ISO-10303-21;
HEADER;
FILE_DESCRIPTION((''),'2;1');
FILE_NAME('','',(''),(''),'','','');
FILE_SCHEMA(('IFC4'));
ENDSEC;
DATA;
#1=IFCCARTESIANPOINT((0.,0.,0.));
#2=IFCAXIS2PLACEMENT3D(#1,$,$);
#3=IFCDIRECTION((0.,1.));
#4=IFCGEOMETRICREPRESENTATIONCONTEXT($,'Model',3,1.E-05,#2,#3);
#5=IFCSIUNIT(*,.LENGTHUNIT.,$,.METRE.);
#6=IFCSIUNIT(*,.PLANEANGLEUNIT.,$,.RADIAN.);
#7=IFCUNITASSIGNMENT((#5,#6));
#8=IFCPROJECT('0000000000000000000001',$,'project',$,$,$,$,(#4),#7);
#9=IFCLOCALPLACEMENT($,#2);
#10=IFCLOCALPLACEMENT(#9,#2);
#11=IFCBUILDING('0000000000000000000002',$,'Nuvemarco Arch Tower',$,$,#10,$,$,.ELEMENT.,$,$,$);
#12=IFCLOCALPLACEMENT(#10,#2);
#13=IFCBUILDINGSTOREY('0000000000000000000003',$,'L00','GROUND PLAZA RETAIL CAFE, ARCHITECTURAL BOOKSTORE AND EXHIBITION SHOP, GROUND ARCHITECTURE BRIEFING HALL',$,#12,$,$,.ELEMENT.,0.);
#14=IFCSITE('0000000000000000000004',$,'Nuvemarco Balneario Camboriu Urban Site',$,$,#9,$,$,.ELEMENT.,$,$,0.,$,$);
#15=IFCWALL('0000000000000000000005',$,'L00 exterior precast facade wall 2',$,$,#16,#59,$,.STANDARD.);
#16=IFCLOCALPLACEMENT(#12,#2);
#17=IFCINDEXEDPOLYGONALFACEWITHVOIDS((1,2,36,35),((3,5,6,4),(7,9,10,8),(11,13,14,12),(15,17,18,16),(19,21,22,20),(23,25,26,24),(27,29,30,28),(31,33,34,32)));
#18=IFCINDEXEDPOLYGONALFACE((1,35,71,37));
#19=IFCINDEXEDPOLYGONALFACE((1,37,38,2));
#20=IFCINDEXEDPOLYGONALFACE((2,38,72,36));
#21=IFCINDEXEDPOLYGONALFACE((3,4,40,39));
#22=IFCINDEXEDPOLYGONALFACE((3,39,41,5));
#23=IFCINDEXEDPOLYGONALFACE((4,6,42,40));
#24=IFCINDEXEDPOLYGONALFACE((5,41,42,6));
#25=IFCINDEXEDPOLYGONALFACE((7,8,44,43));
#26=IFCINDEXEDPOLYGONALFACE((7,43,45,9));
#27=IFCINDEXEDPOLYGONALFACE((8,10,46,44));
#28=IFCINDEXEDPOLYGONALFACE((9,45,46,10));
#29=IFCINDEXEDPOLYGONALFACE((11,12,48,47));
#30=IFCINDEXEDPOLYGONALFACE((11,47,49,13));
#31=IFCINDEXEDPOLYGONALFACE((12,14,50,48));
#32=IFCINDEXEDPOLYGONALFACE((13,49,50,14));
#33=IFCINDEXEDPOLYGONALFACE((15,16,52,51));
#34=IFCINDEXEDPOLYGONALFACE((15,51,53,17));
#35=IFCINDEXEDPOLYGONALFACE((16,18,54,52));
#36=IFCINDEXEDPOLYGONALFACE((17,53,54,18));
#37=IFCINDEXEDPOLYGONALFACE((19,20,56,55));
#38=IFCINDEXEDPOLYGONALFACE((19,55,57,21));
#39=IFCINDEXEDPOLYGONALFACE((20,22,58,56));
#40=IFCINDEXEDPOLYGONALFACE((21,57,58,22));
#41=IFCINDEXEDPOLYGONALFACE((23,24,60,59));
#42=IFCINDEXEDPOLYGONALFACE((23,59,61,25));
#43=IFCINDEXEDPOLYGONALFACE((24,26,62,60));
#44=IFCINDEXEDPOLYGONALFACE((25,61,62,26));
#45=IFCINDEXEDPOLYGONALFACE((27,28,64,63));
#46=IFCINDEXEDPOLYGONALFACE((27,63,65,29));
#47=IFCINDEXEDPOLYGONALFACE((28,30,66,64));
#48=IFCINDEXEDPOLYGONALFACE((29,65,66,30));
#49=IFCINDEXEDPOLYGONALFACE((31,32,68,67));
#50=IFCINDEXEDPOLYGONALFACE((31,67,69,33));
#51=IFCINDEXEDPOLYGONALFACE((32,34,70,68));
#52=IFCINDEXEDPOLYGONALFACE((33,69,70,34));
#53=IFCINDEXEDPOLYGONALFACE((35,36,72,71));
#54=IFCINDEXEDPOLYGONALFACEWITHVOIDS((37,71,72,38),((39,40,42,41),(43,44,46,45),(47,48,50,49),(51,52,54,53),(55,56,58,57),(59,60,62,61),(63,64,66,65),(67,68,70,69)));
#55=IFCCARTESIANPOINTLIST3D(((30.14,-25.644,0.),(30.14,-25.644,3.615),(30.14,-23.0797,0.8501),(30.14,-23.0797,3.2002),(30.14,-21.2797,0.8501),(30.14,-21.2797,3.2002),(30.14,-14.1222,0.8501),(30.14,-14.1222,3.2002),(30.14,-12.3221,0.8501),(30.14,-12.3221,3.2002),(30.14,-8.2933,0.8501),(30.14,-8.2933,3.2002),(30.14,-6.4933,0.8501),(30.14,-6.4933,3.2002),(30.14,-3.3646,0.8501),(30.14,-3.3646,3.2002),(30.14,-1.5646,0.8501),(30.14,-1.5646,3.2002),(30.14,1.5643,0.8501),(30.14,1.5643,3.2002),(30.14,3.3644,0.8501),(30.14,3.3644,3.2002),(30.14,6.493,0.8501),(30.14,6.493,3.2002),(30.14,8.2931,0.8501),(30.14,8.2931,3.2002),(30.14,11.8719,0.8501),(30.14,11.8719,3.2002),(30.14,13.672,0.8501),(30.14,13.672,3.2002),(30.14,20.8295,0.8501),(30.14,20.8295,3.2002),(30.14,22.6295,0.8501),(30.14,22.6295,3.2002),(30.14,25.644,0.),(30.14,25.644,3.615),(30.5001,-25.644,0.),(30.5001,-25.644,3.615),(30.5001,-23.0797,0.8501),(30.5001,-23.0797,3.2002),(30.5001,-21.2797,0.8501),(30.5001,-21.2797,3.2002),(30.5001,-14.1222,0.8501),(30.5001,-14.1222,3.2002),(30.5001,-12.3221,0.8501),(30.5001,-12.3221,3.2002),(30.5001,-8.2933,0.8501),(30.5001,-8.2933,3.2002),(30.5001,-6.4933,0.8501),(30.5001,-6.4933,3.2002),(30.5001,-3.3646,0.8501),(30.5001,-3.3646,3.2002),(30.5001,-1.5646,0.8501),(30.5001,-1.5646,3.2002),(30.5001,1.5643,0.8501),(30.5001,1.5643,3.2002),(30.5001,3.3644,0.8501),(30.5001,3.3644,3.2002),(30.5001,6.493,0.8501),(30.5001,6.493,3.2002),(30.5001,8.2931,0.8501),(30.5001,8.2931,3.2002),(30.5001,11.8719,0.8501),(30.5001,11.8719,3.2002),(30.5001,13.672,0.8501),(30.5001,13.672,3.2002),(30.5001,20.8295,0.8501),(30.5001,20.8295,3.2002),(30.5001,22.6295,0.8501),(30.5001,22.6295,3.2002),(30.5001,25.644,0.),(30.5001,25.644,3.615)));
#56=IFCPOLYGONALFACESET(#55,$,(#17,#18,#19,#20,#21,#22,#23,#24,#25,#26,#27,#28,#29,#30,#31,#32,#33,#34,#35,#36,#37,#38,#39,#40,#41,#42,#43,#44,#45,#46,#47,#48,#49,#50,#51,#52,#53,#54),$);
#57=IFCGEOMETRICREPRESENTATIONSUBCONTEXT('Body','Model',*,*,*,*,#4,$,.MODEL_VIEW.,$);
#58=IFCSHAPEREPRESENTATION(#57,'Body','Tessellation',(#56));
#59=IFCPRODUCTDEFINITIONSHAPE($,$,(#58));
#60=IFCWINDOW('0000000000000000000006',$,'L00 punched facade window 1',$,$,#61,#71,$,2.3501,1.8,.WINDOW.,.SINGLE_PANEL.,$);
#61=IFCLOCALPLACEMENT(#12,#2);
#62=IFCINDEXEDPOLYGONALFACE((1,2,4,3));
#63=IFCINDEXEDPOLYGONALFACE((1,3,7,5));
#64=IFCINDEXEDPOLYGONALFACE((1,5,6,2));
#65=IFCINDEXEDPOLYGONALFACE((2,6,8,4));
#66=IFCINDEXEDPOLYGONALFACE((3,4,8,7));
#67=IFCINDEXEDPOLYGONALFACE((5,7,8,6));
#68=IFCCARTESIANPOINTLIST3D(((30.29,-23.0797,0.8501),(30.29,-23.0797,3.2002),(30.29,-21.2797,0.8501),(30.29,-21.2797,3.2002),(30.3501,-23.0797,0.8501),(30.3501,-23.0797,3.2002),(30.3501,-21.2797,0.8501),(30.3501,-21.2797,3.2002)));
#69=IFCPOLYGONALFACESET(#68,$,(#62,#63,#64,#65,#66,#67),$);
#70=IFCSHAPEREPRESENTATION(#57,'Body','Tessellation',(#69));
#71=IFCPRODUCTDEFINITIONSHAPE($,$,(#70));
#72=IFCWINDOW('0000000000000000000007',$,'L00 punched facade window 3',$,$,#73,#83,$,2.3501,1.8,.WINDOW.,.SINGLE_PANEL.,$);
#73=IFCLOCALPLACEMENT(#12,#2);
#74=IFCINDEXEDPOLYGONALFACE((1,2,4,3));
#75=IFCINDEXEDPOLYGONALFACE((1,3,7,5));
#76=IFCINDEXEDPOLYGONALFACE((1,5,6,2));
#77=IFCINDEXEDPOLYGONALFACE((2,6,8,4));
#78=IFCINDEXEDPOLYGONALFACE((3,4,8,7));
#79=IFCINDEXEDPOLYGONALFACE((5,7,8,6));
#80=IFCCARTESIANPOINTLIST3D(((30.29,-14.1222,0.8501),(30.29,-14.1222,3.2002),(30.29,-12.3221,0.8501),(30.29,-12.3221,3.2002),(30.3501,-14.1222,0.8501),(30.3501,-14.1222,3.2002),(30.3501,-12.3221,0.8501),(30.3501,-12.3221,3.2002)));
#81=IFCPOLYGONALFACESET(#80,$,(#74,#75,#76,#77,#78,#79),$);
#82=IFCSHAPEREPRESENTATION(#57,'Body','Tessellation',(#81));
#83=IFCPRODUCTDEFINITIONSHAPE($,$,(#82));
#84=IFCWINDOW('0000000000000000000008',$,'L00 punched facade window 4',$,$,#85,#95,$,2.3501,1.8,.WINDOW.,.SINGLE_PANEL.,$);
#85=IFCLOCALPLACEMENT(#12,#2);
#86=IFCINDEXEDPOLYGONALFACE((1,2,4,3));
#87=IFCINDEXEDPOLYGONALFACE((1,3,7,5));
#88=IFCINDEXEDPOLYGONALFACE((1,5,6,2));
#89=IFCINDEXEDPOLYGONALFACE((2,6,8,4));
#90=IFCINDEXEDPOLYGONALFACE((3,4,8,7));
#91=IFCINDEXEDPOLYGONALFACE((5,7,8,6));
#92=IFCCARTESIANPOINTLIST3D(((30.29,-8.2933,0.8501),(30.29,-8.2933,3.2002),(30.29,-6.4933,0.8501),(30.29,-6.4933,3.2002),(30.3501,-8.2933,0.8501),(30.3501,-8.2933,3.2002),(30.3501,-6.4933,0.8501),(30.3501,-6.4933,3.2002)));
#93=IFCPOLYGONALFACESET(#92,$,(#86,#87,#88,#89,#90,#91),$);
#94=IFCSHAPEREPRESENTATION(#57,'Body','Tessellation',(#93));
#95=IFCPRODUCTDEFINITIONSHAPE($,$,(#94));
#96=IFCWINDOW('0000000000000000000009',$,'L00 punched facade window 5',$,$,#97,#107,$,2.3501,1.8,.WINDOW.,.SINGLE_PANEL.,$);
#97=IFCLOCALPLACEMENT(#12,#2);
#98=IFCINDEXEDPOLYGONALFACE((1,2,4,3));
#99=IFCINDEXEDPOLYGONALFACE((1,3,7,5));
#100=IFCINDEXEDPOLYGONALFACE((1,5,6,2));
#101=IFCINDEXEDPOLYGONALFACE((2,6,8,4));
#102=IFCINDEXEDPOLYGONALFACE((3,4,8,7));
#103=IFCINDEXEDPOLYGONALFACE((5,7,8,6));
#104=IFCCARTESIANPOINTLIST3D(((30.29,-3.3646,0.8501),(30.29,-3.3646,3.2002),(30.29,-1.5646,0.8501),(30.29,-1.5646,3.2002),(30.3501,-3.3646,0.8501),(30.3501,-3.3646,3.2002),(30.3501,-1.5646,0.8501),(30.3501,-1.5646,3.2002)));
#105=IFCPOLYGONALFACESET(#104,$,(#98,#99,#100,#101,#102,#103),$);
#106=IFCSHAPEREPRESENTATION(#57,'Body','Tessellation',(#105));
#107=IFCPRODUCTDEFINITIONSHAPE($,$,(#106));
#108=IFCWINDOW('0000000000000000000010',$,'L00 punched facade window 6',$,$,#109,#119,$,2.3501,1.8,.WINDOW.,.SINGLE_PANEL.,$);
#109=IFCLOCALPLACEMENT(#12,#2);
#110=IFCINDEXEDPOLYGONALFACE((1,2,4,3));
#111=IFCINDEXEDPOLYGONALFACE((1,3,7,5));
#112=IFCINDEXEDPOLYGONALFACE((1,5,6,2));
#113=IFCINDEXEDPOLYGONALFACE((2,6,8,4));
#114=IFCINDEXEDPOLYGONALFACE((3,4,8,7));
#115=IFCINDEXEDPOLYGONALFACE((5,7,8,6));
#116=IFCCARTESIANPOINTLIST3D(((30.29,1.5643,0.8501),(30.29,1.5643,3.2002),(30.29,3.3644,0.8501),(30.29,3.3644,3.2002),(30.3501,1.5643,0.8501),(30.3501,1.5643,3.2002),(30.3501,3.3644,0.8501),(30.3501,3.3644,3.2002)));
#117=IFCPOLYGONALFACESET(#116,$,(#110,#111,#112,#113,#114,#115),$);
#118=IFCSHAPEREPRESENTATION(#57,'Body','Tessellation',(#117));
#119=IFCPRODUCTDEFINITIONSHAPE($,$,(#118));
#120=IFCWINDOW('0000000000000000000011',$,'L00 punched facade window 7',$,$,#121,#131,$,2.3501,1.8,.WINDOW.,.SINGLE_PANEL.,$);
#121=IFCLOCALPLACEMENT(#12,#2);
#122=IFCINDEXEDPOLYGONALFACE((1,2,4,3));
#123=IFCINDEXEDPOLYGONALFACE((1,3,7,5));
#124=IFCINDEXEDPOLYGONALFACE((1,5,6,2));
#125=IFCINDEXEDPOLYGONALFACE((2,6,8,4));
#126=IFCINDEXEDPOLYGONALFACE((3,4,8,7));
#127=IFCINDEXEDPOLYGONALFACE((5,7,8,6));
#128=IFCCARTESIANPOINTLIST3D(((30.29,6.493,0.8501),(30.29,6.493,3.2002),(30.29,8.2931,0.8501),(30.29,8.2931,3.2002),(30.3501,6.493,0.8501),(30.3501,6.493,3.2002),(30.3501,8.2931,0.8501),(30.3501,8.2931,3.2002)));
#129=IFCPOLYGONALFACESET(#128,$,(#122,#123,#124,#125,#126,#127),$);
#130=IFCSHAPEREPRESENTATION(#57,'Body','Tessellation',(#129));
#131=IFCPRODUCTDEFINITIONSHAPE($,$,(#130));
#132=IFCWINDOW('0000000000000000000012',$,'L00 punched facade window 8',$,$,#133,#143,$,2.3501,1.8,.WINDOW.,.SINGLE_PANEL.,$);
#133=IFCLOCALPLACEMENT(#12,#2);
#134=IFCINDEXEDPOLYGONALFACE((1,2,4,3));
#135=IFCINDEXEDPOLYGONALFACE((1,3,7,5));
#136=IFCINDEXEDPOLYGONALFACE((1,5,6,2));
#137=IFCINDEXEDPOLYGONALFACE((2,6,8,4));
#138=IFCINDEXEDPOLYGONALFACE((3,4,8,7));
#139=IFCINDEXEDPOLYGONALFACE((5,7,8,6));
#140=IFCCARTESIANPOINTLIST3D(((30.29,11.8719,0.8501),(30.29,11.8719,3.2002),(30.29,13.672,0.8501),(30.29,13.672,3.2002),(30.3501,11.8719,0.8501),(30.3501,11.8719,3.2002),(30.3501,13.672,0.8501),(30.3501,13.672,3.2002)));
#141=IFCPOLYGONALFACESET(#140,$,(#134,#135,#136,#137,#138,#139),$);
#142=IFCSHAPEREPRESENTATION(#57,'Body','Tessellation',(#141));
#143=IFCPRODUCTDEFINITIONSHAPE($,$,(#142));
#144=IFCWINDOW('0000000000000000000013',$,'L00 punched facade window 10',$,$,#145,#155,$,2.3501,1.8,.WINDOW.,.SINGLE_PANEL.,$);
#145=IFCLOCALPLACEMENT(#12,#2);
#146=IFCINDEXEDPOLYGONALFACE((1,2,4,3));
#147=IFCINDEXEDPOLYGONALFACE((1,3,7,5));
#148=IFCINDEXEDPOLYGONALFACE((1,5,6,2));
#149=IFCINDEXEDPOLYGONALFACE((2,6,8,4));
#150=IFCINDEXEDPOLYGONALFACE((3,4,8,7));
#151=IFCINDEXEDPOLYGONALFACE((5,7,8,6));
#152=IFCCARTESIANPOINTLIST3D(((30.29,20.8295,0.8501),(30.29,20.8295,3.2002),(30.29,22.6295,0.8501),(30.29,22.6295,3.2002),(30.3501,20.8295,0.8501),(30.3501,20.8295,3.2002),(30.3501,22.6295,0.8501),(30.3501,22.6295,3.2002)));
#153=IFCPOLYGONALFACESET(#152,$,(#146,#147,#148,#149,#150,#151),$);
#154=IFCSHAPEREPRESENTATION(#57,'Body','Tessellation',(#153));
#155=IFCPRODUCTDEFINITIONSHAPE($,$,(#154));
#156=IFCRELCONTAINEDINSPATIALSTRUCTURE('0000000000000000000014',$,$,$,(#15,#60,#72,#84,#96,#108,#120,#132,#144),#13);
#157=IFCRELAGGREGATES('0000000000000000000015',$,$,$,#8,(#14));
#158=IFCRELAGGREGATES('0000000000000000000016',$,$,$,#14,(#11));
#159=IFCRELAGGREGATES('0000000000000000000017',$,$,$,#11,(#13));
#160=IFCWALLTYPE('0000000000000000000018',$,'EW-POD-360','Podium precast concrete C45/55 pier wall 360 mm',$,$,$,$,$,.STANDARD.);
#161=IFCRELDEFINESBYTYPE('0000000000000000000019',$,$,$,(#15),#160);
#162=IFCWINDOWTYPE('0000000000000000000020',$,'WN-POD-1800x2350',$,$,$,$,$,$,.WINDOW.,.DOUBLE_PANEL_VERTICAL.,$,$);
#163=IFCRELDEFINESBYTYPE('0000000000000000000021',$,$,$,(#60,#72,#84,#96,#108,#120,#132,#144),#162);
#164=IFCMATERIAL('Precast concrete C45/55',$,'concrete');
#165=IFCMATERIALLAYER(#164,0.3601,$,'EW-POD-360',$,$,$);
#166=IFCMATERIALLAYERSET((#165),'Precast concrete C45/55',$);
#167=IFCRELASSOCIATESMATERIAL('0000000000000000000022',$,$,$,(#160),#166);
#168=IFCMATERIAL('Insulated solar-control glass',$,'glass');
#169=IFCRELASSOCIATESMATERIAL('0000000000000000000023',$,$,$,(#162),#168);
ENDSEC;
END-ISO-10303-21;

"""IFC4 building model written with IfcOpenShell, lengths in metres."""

from ifc_helpers import new_model, si_unit, direction, frame, frame_2d, origin, place, context, subcontext, project, spatial, rectangle, extrude, source, transform, mapped, material, layer, layer_set, type_object, type_shapes, element, fill, save


model = new_model("IFC4")

# Units and contexts
model_context = context("Model", 3, precision=1e-05, world=origin(), true_north=direction((0.0, 1.0)))
body_context = subcontext(model_context, "Body", "Model", "MODEL_VIEW")
ifc_project = project(units=[si_unit("LENGTHUNIT", "METRE"), si_unit("PLANEANGLEUNIT", "RADIAN")], contexts=[model_context])

# Site, building, storey
site_placement = place(None, origin())
site = spatial("IfcSite", under=ifc_project, at=site_placement, Name="Nuvemarco Balneario Camboriu Urban Site", CompositionType="ELEMENT", RefElevation=0.0)
building_placement = place(site_placement, origin())
building = spatial("IfcBuilding", under=site, at=building_placement, Name="Nuvemarco Arch Tower", CompositionType="ELEMENT")
storey_placement = place(building_placement, origin())
storey = spatial("IfcBuildingStorey", under=building, at=storey_placement, Name="L00", Description="GROUND PLAZA RETAIL CAFE, ARCHITECTURAL BOOKSTORE AND EXHIBITION SHOP, GROUND ARCHITECTURE BRIEFING HALL", CompositionType="ELEMENT", Elevation=0.0)

# Shared definitions
ifc_material_1 = material(Name="Precast concrete C45/55", Category="concrete")

# Shared definitions
ifc_layer = layer(ifc_material_1, 0.3601, Name="EW-POD-360")
ifc_layer_set = layer_set([ifc_layer], Name="Precast concrete C45/55")
wall_type = type_object("IfcWallType", Name="EW-POD-360", Description="Podium precast concrete C45/55 pier wall 360 mm", PredefinedType="STANDARD", material=ifc_layer_set)
ifc_material_2 = material(Name="Insulated solar-control glass", Category="glass")

# Wall, openings, windows
wall_1_placement = place(storey_placement, frame((30.3201, -25.644, 0.0), z_axis=(0.0, 0.0, 1.0), x_axis=(0.0, 1.0, 0.0)))
wall_1 = element("IfcWall", 1, at=wall_1_placement, inside=storey, type_object=wall_type, Name="L00 exterior precast facade wall 2", PredefinedType="STANDARD", context=body_context, shape_type="SweptSolid", body=[
    extrude(rectangle(XDim=51.2881, YDim=0.3601, at=frame_2d((25.644, 0.0))), origin(), (0.0, 0.0, 1.0), 3.615),
])
opening_1_placement = place(wall_1_placement, frame((2.5645, 0.0, 0.8501)))
opening_1 = element("IfcOpeningElement", 2, at=opening_1_placement, cuts=wall_1, PredefinedType="OPENING", context=body_context, shape_type="SweptSolid", body=[
    extrude(rectangle(XDim=1.8, YDim=2.3501, at=frame_2d((0.8999, 1.175))), frame((0.0, 0.1899, 0.0), z_axis=(0.0, -1.0, 0.0), x_axis=(1.0, 0.0, 0.0)), (0.0, 0.0, 1.0), 0.3801),
])
opening_2_placement = place(wall_1_placement, frame((11.522, 0.0, 0.8501)))
opening_2 = element("IfcOpeningElement", 3, at=opening_2_placement, cuts=wall_1, PredefinedType="OPENING", context=body_context, shape_type="SweptSolid", body=[
    extrude(rectangle(XDim=1.8, YDim=2.3501, at=frame_2d((0.8999, 1.175))), frame((0.0, 0.1899, 0.0), z_axis=(0.0, -1.0, 0.0), x_axis=(1.0, 0.0, 0.0)), (0.0, 0.0, 1.0), 0.3801),
])
opening_3_placement = place(wall_1_placement, frame((17.3508, 0.0, 0.8501)))
opening_3 = element("IfcOpeningElement", 4, at=opening_3_placement, cuts=wall_1, PredefinedType="OPENING", context=body_context, shape_type="SweptSolid", body=[
    extrude(rectangle(XDim=1.8, YDim=2.3501, at=frame_2d((0.8999, 1.175))), frame((0.0, 0.1899, 0.0), z_axis=(0.0, -1.0, 0.0), x_axis=(1.0, 0.0, 0.0)), (0.0, 0.0, 1.0), 0.3801),
])
opening_4_placement = place(wall_1_placement, frame((22.2795, 0.0, 0.8501)))
opening_4 = element("IfcOpeningElement", 5, at=opening_4_placement, cuts=wall_1, PredefinedType="OPENING", context=body_context, shape_type="SweptSolid", body=[
    extrude(rectangle(XDim=1.8, YDim=2.3501, at=frame_2d((0.8999, 1.175))), frame((0.0, 0.1899, 0.0), z_axis=(0.0, -1.0, 0.0), x_axis=(1.0, 0.0, 0.0)), (0.0, 0.0, 1.0), 0.3801),
])
opening_5_placement = place(wall_1_placement, frame((27.2085, 0.0, 0.8501)))
opening_5 = element("IfcOpeningElement", 6, at=opening_5_placement, cuts=wall_1, PredefinedType="OPENING", context=body_context, shape_type="SweptSolid", body=[
    extrude(rectangle(XDim=1.8, YDim=2.3501, at=frame_2d((0.8999, 1.175))), frame((0.0, 0.1899, 0.0), z_axis=(0.0, -1.0, 0.0), x_axis=(1.0, 0.0, 0.0)), (0.0, 0.0, 1.0), 0.3801),
])
opening_6_placement = place(wall_1_placement, frame((32.1372, 0.0, 0.8501)))
opening_6 = element("IfcOpeningElement", 7, at=opening_6_placement, cuts=wall_1, PredefinedType="OPENING", context=body_context, shape_type="SweptSolid", body=[
    extrude(rectangle(XDim=1.8, YDim=2.3501, at=frame_2d((0.8999, 1.175))), frame((0.0, 0.1899, 0.0), z_axis=(0.0, -1.0, 0.0), x_axis=(1.0, 0.0, 0.0)), (0.0, 0.0, 1.0), 0.3801),
])
opening_7_placement = place(wall_1_placement, frame((37.5161, 0.0, 0.8501)))
opening_7 = element("IfcOpeningElement", 8, at=opening_7_placement, cuts=wall_1, PredefinedType="OPENING", context=body_context, shape_type="SweptSolid", body=[
    extrude(rectangle(XDim=1.8, YDim=2.3501, at=frame_2d((0.8999, 1.175))), frame((0.0, 0.1899, 0.0), z_axis=(0.0, -1.0, 0.0), x_axis=(1.0, 0.0, 0.0)), (0.0, 0.0, 1.0), 0.3801),
])
opening_8_placement = place(wall_1_placement, frame((46.4736, 0.0, 0.8501)))
opening_8 = element("IfcOpeningElement", 9, at=opening_8_placement, cuts=wall_1, PredefinedType="OPENING", context=body_context, shape_type="SweptSolid", body=[
    extrude(rectangle(XDim=1.8, YDim=2.3501, at=frame_2d((0.8999, 1.175))), frame((0.0, 0.1899, 0.0), z_axis=(0.0, -1.0, 0.0), x_axis=(1.0, 0.0, 0.0)), (0.0, 0.0, 1.0), 0.3801),
])
window_type_1 = type_object("IfcWindowType", Name="WN-POD-1800x2350", PartitioningType="DOUBLE_PANEL_VERTICAL", PredefinedType="WINDOW", material=ifc_material_2)
shared_shape_1 = source(origin(), body_context, "Body", "SweptSolid", [
    extrude(rectangle(XDim=1.8, YDim=2.3501, at=frame_2d((0.8999, 1.175))), frame((0.0, 0.03, 0.0), z_axis=(0.0, -1.0, 0.0), x_axis=(1.0, 0.0, 0.0)), (0.0, 0.0, 1.0), 0.0601),
])
type_shapes(window_type_1, [shared_shape_1])
window_1_placement = place(opening_1_placement, origin())
window_1 = element("IfcWindow", 10, at=window_1_placement, inside=storey, type_object=window_type_1, Name="L00 punched facade window 1", OverallHeight=2.3501, OverallWidth=1.8, PartitioningType="SINGLE_PANEL", PredefinedType="WINDOW", context=body_context, shape_type="MappedRepresentation", body=[
    mapped(shared_shape_1, transform((0.0, 0.0, 0.0), scale=1.0)),
])
fill(opening_1, window_1)
window_2_placement = place(opening_2_placement, origin())
window_2 = element("IfcWindow", 11, at=window_2_placement, inside=storey, type_object=window_type_1, Name="L00 punched facade window 3", OverallHeight=2.3501, OverallWidth=1.8, PartitioningType="SINGLE_PANEL", PredefinedType="WINDOW", context=body_context, shape_type="MappedRepresentation", body=[
    mapped(shared_shape_1, transform((0.0, 0.0, 0.0), scale=1.0)),
])
fill(opening_2, window_2)
window_3_placement = place(opening_3_placement, origin())
window_3 = element("IfcWindow", 12, at=window_3_placement, inside=storey, type_object=window_type_1, Name="L00 punched facade window 4", OverallHeight=2.3501, OverallWidth=1.8, PartitioningType="SINGLE_PANEL", PredefinedType="WINDOW", context=body_context, shape_type="MappedRepresentation", body=[
    mapped(shared_shape_1, transform((0.0, 0.0, 0.0), scale=1.0)),
])
fill(opening_3, window_3)
window_4_placement = place(opening_4_placement, origin())
window_4 = element("IfcWindow", 13, at=window_4_placement, inside=storey, type_object=window_type_1, Name="L00 punched facade window 5", OverallHeight=2.3501, OverallWidth=1.8, PartitioningType="SINGLE_PANEL", PredefinedType="WINDOW", context=body_context, shape_type="MappedRepresentation", body=[
    mapped(shared_shape_1, transform((0.0, 0.0, 0.0), scale=1.0)),
])
fill(opening_4, window_4)
window_5_placement = place(opening_5_placement, origin())
window_5 = element("IfcWindow", 14, at=window_5_placement, inside=storey, type_object=window_type_1, Name="L00 punched facade window 6", OverallHeight=2.3501, OverallWidth=1.8, PartitioningType="SINGLE_PANEL", PredefinedType="WINDOW", context=body_context, shape_type="MappedRepresentation", body=[
    mapped(shared_shape_1, transform((0.0, 0.0, 0.0), scale=1.0)),
])
fill(opening_5, window_5)
window_6_placement = place(opening_6_placement, origin())
window_6 = element("IfcWindow", 15, at=window_6_placement, inside=storey, type_object=window_type_1, Name="L00 punched facade window 7", OverallHeight=2.3501, OverallWidth=1.8, PartitioningType="SINGLE_PANEL", PredefinedType="WINDOW", context=body_context, shape_type="MappedRepresentation", body=[
    mapped(shared_shape_1, transform((0.0, 0.0, 0.0), scale=1.0)),
])
fill(opening_6, window_6)
window_7_placement = place(opening_7_placement, origin())
window_7 = element("IfcWindow", 16, at=window_7_placement, inside=storey, type_object=window_type_1, Name="L00 punched facade window 8", OverallHeight=2.3501, OverallWidth=1.8, PartitioningType="SINGLE_PANEL", PredefinedType="WINDOW", context=body_context, shape_type="MappedRepresentation", body=[
    mapped(shared_shape_1, transform((0.0, 0.0, 0.0), scale=1.0)),
])
fill(opening_7, window_7)
window_8_placement = place(opening_8_placement, origin())
window_8 = element("IfcWindow", 17, at=window_8_placement, inside=storey, type_object=window_type_1, Name="L00 punched facade window 10", OverallHeight=2.3501, OverallWidth=1.8, PartitioningType="SINGLE_PANEL", PredefinedType="WINDOW", context=body_context, shape_type="MappedRepresentation", body=[
    mapped(shared_shape_1, transform((0.0, 0.0, 0.0), scale=1.0)),
])
fill(opening_8, window_8)

save(model, "model.ifc")
